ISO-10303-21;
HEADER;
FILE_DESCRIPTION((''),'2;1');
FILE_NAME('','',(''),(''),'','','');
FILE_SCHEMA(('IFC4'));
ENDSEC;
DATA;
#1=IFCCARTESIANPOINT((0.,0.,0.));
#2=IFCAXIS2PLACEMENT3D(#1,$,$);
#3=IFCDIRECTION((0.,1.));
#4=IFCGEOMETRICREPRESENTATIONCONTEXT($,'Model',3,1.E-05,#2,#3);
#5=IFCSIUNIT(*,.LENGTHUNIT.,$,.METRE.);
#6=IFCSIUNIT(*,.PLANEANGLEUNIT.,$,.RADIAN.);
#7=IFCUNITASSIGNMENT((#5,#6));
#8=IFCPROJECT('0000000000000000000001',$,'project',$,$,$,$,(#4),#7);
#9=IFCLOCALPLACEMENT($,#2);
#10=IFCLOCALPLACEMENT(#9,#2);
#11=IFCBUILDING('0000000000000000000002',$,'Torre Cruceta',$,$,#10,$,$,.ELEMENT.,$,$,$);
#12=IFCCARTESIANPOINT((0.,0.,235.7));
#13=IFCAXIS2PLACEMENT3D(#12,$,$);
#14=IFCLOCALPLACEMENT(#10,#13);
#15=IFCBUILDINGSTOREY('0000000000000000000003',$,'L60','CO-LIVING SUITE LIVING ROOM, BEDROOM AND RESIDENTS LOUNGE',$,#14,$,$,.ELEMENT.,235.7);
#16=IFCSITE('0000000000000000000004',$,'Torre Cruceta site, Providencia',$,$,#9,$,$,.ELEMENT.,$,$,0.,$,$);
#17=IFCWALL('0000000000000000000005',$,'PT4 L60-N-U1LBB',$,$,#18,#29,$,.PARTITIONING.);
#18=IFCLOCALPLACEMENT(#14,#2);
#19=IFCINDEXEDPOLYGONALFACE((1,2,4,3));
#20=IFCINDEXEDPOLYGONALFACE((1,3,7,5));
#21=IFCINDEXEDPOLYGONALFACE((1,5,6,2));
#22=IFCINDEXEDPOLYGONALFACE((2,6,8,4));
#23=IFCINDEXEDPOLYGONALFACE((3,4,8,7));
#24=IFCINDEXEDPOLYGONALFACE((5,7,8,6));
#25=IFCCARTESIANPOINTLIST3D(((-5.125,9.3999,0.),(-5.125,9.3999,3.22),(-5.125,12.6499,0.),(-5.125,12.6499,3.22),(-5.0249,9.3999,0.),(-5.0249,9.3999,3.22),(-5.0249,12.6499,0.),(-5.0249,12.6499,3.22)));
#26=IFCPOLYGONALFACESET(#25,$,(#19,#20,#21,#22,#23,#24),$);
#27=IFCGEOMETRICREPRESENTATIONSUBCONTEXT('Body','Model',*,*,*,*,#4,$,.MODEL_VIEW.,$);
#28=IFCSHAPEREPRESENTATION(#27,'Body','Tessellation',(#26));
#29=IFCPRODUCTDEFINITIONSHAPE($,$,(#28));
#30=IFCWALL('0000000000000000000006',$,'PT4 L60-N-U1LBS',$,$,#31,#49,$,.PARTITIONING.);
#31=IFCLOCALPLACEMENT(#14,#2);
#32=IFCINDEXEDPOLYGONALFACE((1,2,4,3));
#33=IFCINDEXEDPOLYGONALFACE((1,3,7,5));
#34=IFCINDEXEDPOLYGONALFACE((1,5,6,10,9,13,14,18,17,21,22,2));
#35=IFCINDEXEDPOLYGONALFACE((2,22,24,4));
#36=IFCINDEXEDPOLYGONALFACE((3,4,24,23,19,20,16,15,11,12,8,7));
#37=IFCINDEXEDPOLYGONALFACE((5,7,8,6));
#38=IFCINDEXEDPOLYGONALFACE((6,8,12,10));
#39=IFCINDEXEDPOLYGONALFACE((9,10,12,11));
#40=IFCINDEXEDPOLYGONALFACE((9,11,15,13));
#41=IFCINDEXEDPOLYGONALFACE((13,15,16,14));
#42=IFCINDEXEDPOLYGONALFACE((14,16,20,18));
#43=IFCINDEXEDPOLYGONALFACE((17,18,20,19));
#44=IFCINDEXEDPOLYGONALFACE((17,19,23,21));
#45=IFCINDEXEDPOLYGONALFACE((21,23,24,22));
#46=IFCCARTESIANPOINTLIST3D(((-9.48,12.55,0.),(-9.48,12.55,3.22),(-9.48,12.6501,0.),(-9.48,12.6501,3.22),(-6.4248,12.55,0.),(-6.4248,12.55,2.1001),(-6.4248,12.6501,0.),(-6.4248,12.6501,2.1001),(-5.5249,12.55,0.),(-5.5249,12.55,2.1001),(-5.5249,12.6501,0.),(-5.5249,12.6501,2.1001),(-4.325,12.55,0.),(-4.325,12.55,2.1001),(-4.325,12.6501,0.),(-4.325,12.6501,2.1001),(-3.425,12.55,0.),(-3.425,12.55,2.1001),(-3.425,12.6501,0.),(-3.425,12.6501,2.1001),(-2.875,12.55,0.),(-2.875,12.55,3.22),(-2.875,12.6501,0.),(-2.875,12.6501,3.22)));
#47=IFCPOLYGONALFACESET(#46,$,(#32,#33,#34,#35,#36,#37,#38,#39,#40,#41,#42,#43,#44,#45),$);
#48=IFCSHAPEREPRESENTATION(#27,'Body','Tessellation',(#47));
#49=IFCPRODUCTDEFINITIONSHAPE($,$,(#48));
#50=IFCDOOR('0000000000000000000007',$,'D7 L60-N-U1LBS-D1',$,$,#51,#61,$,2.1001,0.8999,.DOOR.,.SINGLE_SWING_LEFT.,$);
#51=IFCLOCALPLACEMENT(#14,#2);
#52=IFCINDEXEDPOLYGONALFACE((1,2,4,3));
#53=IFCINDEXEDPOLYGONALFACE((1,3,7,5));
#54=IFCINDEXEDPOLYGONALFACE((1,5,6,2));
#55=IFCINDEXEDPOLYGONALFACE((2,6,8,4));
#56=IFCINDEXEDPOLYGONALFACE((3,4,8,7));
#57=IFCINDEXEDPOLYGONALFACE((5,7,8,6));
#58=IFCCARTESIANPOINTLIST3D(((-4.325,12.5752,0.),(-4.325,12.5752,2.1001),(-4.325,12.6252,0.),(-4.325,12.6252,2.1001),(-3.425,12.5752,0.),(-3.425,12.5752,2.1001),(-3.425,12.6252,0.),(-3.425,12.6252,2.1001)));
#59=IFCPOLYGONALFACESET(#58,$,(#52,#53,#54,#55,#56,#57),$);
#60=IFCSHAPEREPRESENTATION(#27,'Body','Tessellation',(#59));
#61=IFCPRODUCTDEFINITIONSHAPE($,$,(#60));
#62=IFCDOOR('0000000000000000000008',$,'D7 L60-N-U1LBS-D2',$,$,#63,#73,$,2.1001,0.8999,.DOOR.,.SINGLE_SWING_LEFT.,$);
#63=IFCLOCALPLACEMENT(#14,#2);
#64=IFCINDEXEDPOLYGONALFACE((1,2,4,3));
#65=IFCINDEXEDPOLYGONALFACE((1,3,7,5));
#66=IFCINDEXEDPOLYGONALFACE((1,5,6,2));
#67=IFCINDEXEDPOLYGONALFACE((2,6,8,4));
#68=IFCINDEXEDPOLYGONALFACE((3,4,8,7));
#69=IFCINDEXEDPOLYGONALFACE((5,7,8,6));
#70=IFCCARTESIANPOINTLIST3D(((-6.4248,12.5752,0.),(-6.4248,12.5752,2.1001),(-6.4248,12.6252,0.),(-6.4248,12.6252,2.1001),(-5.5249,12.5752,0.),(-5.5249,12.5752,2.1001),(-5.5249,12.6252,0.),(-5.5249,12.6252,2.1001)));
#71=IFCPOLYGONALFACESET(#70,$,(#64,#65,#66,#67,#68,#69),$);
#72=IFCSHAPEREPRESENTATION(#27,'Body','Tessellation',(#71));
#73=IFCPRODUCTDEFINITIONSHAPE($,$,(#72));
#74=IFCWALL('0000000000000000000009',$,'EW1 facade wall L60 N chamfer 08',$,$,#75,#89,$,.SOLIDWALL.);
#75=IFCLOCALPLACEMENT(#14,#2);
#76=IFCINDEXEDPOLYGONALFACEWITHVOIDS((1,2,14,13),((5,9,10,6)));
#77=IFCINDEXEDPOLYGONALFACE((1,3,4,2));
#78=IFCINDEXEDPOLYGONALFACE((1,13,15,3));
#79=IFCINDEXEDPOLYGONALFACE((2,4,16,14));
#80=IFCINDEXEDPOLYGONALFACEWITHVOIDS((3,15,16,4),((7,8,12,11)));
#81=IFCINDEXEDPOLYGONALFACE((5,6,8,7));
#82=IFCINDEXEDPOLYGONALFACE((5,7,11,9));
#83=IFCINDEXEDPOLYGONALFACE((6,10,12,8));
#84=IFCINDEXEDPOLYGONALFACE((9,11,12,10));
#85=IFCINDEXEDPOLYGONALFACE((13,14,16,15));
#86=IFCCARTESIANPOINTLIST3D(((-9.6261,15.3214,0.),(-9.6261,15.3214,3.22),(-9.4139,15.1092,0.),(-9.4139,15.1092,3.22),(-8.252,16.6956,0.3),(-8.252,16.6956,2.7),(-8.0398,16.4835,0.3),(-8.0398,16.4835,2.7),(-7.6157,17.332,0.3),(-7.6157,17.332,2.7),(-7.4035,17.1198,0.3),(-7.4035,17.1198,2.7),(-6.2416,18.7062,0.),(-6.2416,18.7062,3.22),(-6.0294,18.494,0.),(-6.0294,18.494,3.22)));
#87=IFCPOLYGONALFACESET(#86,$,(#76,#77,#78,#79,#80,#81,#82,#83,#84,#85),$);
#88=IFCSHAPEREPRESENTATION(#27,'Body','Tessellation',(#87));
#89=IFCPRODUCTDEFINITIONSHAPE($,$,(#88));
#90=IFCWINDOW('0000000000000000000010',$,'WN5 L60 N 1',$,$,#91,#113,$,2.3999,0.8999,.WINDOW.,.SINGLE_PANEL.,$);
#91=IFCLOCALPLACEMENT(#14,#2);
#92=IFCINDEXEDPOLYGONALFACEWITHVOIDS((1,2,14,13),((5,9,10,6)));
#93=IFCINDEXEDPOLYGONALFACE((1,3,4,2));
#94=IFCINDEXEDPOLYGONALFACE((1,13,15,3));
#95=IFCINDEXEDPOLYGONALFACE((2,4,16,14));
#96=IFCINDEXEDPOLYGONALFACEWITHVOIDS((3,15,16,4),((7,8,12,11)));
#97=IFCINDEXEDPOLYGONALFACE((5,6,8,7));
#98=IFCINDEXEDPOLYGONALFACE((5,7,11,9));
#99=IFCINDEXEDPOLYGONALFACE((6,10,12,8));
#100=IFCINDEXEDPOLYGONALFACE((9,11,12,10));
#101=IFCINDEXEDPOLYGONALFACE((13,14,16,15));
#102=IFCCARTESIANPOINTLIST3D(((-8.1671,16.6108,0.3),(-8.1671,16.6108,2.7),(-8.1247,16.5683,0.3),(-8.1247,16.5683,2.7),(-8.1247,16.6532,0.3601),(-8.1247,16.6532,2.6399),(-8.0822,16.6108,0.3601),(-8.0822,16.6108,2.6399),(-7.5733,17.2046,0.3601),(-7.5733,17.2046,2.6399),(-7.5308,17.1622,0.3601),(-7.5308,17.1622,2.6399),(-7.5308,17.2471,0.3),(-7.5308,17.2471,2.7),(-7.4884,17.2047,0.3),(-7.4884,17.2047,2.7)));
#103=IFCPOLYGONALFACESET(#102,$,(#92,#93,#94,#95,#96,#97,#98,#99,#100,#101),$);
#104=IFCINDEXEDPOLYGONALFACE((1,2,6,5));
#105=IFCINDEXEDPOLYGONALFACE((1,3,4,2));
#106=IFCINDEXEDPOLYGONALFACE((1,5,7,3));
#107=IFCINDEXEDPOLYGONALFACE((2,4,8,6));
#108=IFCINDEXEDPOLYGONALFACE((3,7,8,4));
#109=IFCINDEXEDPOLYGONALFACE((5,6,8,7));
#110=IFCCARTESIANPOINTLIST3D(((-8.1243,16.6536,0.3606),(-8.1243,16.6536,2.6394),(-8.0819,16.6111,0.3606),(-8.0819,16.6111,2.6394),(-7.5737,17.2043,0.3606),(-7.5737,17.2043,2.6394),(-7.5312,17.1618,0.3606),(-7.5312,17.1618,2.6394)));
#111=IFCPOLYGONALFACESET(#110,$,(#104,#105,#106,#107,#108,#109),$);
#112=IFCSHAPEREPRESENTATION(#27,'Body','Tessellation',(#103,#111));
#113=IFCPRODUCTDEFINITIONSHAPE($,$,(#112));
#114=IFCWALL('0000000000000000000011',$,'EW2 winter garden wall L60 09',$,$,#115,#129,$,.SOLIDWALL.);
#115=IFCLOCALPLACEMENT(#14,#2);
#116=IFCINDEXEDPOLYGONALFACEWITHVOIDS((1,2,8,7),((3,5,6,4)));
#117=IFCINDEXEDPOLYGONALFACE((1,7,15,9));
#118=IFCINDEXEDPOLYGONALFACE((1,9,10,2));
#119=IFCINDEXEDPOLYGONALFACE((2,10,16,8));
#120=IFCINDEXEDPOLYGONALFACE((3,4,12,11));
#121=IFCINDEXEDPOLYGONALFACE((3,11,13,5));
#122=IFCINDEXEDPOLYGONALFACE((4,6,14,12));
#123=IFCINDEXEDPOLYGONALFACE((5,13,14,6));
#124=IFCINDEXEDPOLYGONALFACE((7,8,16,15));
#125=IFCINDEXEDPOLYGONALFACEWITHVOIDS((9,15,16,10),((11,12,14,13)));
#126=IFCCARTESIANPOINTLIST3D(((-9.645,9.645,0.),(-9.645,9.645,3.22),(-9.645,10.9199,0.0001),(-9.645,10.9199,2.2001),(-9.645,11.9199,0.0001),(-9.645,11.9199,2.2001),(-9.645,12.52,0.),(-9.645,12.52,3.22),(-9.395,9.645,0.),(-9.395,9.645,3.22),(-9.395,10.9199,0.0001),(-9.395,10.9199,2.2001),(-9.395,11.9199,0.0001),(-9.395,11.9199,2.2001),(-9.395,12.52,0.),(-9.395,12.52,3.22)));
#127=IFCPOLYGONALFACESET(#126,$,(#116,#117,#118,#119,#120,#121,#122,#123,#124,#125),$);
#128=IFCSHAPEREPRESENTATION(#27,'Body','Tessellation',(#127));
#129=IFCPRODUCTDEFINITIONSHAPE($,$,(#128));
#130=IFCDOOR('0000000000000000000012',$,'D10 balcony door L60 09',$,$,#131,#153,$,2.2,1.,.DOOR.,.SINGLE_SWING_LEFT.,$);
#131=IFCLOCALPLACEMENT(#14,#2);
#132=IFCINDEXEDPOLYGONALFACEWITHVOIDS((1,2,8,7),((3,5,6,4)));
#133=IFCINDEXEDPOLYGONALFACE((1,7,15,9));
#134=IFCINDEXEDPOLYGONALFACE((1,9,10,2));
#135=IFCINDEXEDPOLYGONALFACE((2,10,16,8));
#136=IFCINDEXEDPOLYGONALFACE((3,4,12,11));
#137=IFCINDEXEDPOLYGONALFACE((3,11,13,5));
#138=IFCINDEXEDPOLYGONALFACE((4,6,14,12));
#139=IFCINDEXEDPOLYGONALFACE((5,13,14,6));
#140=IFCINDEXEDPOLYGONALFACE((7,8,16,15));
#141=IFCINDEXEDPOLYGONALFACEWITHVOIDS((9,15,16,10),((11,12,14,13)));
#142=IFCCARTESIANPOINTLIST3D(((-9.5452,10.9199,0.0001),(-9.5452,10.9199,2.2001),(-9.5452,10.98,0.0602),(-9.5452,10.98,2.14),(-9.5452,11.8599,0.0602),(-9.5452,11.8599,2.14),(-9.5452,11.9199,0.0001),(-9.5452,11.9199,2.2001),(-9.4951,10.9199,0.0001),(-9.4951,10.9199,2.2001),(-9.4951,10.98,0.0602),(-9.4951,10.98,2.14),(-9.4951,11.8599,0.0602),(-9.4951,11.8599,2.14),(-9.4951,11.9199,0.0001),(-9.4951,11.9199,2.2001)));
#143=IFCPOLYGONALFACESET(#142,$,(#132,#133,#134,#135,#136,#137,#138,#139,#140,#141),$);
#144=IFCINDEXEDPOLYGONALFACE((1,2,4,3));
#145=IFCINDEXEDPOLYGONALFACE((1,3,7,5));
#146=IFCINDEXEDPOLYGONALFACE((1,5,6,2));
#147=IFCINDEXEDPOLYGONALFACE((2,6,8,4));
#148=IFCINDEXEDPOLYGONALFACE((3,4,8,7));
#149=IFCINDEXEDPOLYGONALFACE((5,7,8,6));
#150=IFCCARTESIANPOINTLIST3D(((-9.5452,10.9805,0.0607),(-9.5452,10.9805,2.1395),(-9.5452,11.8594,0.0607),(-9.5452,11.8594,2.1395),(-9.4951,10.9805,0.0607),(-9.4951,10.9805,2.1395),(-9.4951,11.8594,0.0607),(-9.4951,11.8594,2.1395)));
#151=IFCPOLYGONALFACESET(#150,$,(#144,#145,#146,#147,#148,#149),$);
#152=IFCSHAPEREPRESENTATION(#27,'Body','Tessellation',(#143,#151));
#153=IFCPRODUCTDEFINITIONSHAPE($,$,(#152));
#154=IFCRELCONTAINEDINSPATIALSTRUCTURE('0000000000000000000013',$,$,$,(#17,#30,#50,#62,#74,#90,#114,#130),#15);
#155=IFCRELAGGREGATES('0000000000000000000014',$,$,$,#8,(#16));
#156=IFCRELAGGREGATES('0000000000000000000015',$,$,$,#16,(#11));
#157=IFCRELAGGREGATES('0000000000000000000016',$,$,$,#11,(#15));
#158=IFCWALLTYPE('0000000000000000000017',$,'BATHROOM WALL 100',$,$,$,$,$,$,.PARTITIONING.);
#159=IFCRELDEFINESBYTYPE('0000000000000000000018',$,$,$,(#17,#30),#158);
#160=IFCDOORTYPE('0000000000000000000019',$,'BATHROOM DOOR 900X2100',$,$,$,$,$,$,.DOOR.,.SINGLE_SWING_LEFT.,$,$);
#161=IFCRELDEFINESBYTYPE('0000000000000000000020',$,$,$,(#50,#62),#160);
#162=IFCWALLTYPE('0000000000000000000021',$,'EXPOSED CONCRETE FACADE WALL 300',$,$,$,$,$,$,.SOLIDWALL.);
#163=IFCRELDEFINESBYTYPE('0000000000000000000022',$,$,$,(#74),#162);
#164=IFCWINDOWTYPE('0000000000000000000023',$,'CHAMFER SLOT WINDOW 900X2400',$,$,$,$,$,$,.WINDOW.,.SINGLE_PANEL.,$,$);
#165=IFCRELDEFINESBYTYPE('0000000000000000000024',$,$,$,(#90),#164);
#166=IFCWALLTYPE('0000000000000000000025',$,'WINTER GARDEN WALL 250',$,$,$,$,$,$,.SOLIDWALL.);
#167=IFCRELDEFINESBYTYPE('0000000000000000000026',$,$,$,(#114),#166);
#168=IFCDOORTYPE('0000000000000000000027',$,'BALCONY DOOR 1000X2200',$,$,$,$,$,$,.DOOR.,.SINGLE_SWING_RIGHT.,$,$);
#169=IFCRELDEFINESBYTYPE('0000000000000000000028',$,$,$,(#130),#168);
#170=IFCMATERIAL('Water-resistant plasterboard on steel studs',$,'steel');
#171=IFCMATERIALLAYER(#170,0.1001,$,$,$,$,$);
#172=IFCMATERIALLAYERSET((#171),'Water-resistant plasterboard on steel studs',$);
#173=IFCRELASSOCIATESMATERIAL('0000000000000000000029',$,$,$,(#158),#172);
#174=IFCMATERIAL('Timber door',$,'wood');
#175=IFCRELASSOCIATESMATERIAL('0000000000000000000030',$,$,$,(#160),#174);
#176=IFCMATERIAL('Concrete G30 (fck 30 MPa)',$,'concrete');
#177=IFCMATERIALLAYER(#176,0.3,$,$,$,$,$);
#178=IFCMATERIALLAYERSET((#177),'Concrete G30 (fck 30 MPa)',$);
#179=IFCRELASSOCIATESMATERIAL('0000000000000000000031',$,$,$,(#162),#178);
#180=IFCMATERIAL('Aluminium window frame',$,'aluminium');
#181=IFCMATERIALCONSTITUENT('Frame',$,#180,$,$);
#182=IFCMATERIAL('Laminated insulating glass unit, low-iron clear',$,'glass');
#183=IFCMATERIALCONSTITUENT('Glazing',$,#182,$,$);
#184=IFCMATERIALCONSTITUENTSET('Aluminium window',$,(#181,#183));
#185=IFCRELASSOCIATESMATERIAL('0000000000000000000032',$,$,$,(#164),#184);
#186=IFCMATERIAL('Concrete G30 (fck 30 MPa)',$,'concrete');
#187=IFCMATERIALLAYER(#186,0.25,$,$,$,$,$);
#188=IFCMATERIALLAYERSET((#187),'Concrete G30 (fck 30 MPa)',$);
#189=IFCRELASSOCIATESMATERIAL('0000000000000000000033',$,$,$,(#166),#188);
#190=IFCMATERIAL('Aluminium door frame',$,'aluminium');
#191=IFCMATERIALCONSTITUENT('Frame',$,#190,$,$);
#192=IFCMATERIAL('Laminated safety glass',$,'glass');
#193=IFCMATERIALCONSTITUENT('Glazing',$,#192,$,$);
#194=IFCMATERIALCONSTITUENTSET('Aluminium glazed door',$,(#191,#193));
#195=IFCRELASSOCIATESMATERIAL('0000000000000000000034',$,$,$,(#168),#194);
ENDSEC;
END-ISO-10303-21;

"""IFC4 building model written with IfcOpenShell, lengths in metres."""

from ifc_helpers import new_model, si_unit, direction, frame, frame_2d, origin, place, context, subcontext, project, spatial, rectangle, hollow_rectangle, extrude, material, layer, layer_set, constituent, constituent_set, type_object, element, fill, save


model = new_model("IFC4")

# Units and contexts
model_context = context("Model", 3, precision=1e-05, world=origin(), true_north=direction((0.0, 1.0)))
body_context = subcontext(model_context, "Body", "Model", "MODEL_VIEW")
ifc_project = project(units=[si_unit("LENGTHUNIT", "METRE"), si_unit("PLANEANGLEUNIT", "RADIAN")], contexts=[model_context])

# Site, building, storey
site_placement = place(None, origin())
site = spatial("IfcSite", under=ifc_project, at=site_placement, Name="Torre Cruceta site, Providencia", CompositionType="ELEMENT", RefElevation=0.0)
building_placement = place(site_placement, origin())
building = spatial("IfcBuilding", under=site, at=building_placement, Name="Torre Cruceta", CompositionType="ELEMENT")
storey_placement = place(building_placement, frame((0.0, 0.0, 235.7)))
storey = spatial("IfcBuildingStorey", under=building, at=storey_placement, Name="L60", Description="CO-LIVING SUITE LIVING ROOM, BEDROOM AND RESIDENTS LOUNGE", CompositionType="ELEMENT", Elevation=235.7)

# Wall
ifc_material_1 = material(Name="Water-resistant plasterboard on steel studs", Category="steel")
ifc_layer_1 = layer(ifc_material_1, 0.1001)
ifc_layer_set_1 = layer_set([ifc_layer_1], Name="Water-resistant plasterboard on steel studs")
wall_type_1 = type_object("IfcWallType", Name="BATHROOM WALL 100", PredefinedType="PARTITIONING", material=ifc_layer_set_1)
wall_1_placement = place(storey_placement, frame((-5.075, 9.3999, 0.0), z_axis=(0.0, 0.0, 1.0), x_axis=(0.0, 1.0, 0.0)))
element("IfcWall", 1, at=wall_1_placement, inside=storey, type_object=wall_type_1, Name="PT4 L60-N-U1LBB", PredefinedType="PARTITIONING", context=body_context, shape_type="SweptSolid", body=[
    extrude(rectangle(XDim=3.25, YDim=0.1001, at=frame_2d((1.625, 0.0))), origin(), (0.0, 0.0, 1.0), 3.22),
])

# Wall, openings, doors
wall_2_placement = place(storey_placement, frame((-2.875, 12.6001, 0.0), z_axis=(0.0, 0.0, 1.0), x_axis=(-1.0, 0.0, 0.0)))
wall_2 = element("IfcWall", 2, at=wall_2_placement, inside=storey, type_object=wall_type_1, Name="PT4 L60-N-U1LBS", PredefinedType="PARTITIONING", context=body_context, shape_type="SweptSolid", body=[
    extrude(rectangle(XDim=6.605, YDim=0.1001, at=frame_2d((3.3025, 0.0))), origin(), (0.0, 0.0, 1.0), 3.22),
])
opening_1_placement = place(wall_2_placement, frame((0.55, 0.0, 0.0)))
opening_1 = element("IfcOpeningElement", 3, at=opening_1_placement, cuts=wall_2, PredefinedType="OPENING", context=body_context, shape_type="SweptSolid", body=[
    extrude(rectangle(XDim=0.8999, YDim=2.1001, at=frame_2d((0.45, 1.05))), frame((0.0, 0.0601, 0.0), z_axis=(0.0, -1.0, 0.0), x_axis=(1.0, 0.0, 0.0)), (0.0, 0.0, 1.0), 0.1201),
])
opening_2_placement = place(wall_2_placement, frame((2.6499, 0.0, 0.0)))
opening_2 = element("IfcOpeningElement", 4, at=opening_2_placement, cuts=wall_2, PredefinedType="OPENING", context=body_context, shape_type="SweptSolid", body=[
    extrude(rectangle(XDim=0.8999, YDim=2.1001, at=frame_2d((0.45, 1.05))), frame((0.0, 0.0601, 0.0), z_axis=(0.0, -1.0, 0.0), x_axis=(1.0, 0.0, 0.0)), (0.0, 0.0, 1.0), 0.1201),
])
ifc_material_2 = material(Name="Timber door", Category="wood")
door_type_1 = type_object("IfcDoorType", Name="BATHROOM DOOR 900X2100", OperationType="SINGLE_SWING_LEFT", PredefinedType="DOOR", material=ifc_material_2)
door_1_placement = place(opening_1_placement, origin())
door_1 = element("IfcDoor", 5, at=door_1_placement, inside=storey, type_object=door_type_1, Name="D7 L60-N-U1LBS-D1", OperationType="SINGLE_SWING_LEFT", OverallHeight=2.1001, OverallWidth=0.8999, PredefinedType="DOOR", context=body_context, shape_type="SweptSolid", body=[
    extrude(rectangle(XDim=0.8999, YDim=2.1001, at=frame_2d((0.45, 1.05))), frame((0.0, 0.0249, 0.0), z_axis=(0.0, -1.0, 0.0), x_axis=(1.0, 0.0, 0.0)), (0.0, 0.0, 1.0), 0.05),
])
fill(opening_1, door_1)
door_2_placement = place(opening_2_placement, origin())
door_2 = element("IfcDoor", 6, at=door_2_placement, inside=storey, type_object=door_type_1, Name="D7 L60-N-U1LBS-D2", OperationType="SINGLE_SWING_LEFT", OverallHeight=2.1001, OverallWidth=0.8999, PredefinedType="DOOR", context=body_context, shape_type="SweptSolid", body=[
    extrude(rectangle(XDim=0.8999, YDim=2.1001, at=frame_2d((0.45, 1.05))), frame((0.0, 0.0249, 0.0), z_axis=(0.0, -1.0, 0.0), x_axis=(1.0, 0.0, 0.0)), (0.0, 0.0, 1.0), 0.05),
])
fill(opening_2, door_2)

# Wall, opening, window
ifc_material_3 = material(Name="Concrete G30 (fck 30 MPa)", Category="concrete")
ifc_layer_2 = layer(ifc_material_3, 0.3)
ifc_layer_set_2 = layer_set([ifc_layer_2], Name="Concrete G30 (fck 30 MPa)")
wall_type_2 = type_object("IfcWallType", Name="EXPOSED CONCRETE FACADE WALL 300", PredefinedType="SOLIDWALL", material=ifc_layer_set_2)
wall_3_placement = place(storey_placement, frame((-6.1355, 18.6001, 0.0), z_axis=(0.0, 0.0, 1.0), x_axis=(-0.707081, -0.707132, 0.0)))
wall_3 = element("IfcWall", 7, at=wall_3_placement, inside=storey, type_object=wall_type_2, Name="EW1 facade wall L60 N chamfer 08", PredefinedType="SOLIDWALL", context=body_context, shape_type="SweptSolid", body=[
    extrude(rectangle(XDim=4.7866, YDim=0.3, at=frame_2d((2.3933, 0.0))), origin(), (0.0, 0.0, 1.0), 3.22),
])
opening_3_placement = place(wall_3_placement, frame((1.9434, 0.0, 0.3)))
opening_3 = element("IfcOpeningElement", 8, at=opening_3_placement, cuts=wall_3, PredefinedType="OPENING", context=body_context, shape_type="SweptSolid", body=[
    extrude(rectangle(XDim=0.8999, YDim=2.3999, at=frame_2d((0.45, 1.2))), frame((0.0, 0.1599, 0.0), z_axis=(0.0, -1.0, 0.0), x_axis=(1.0, 0.0, 0.0)), (0.0, 0.0, 1.0), 0.3201),
])
ifc_material_4 = material(Name="Aluminium window frame", Category="aluminium")
ifc_constituent_1 = constituent(ifc_material_4, Name="Frame")
ifc_material_5 = material(Name="Laminated insulating glass unit, low-iron clear", Category="glass")
ifc_constituent_2 = constituent(ifc_material_5, Name="Glazing")
ifc_constituent_set_1 = constituent_set(constituents=[ifc_constituent_1, ifc_constituent_2], Name="Aluminium window")
window_type = type_object("IfcWindowType", Name="CHAMFER SLOT WINDOW 900X2400", PartitioningType="SINGLE_PANEL", PredefinedType="WINDOW", material=ifc_constituent_set_1)
window_placement = place(opening_3_placement, origin())
window = element("IfcWindow", 9, at=window_placement, inside=storey, type_object=window_type, Name="WN5 L60 N 1", OverallHeight=2.3999, OverallWidth=0.8999, PartitioningType="SINGLE_PANEL", PredefinedType="WINDOW", context=body_context, shape_type="SweptSolid", body=[
    extrude(hollow_rectangle(XDim=0.8999, YDim=2.3999, WallThickness=0.0601, at=frame_2d((0.45, 1.2))), frame((0.0, 0.03, 0.0), z_axis=(0.0, -1.0, 0.0), x_axis=(1.0, 0.0, 0.0)), (0.0, 0.0, 1.0), 0.0601),
    extrude(rectangle(XDim=0.7788, YDim=2.2788, at=frame_2d((0.45, 1.2))), frame((0.0, 0.03, 0.0), z_axis=(0.0, -1.0, 0.0), x_axis=(1.0, 0.0, 0.0)), (0.0, 0.0, 1.0), 0.0601),
])
fill(opening_3, window)

# Wall, opening, door
ifc_material_6 = material(Name="Concrete G30 (fck 30 MPa)", Category="concrete")
ifc_layer_3 = layer(ifc_material_6, 0.25)
ifc_layer_set_3 = layer_set([ifc_layer_3], Name="Concrete G30 (fck 30 MPa)")
wall_type_3 = type_object("IfcWallType", Name="WINTER GARDEN WALL 250", PredefinedType="SOLIDWALL", material=ifc_layer_set_3)
wall_4_placement = place(storey_placement, frame((-9.52, 12.52, 0.0), z_axis=(0.0, 0.0, 1.0), x_axis=(0.0, -1.0, 0.0)))
wall_4 = element("IfcWall", 10, at=wall_4_placement, inside=storey, type_object=wall_type_3, Name="EW2 winter garden wall L60 09", PredefinedType="SOLIDWALL", context=body_context, shape_type="SweptSolid", body=[
    extrude(rectangle(XDim=2.875, YDim=0.25, at=frame_2d((1.4375, 0.0))), origin(), (0.0, 0.0, 1.0), 3.22),
])
opening_4_placement = place(wall_4_placement, frame((0.6001, 0.0, 0.0)))
opening_4 = element("IfcOpeningElement", 11, at=opening_4_placement, cuts=wall_4, PredefinedType="OPENING", context=body_context, shape_type="SweptSolid", body=[
    extrude(rectangle(XDim=1.0, YDim=2.2, at=frame_2d((0.5, 1.1001))), frame((0.0, 0.135, 0.0), z_axis=(0.0, -1.0, 0.0), x_axis=(1.0, 0.0, 0.0)), (0.0, 0.0, 1.0), 0.27),
])
ifc_material_7 = material(Name="Aluminium door frame", Category="aluminium")
ifc_constituent_3 = constituent(ifc_material_7, Name="Frame")
ifc_material_8 = material(Name="Laminated safety glass", Category="glass")
ifc_constituent_4 = constituent(ifc_material_8, Name="Glazing")
ifc_constituent_set_2 = constituent_set(constituents=[ifc_constituent_3, ifc_constituent_4], Name="Aluminium glazed door")
door_type_2 = type_object("IfcDoorType", Name="BALCONY DOOR 1000X2200", OperationType="SINGLE_SWING_RIGHT", PredefinedType="DOOR", material=ifc_constituent_set_2)
door_3_placement = place(opening_4_placement, origin())
door_3 = element("IfcDoor", 12, at=door_3_placement, inside=storey, type_object=door_type_2, Name="D10 balcony door L60 09", OperationType="SINGLE_SWING_LEFT", OverallHeight=2.2, OverallWidth=1.0, PredefinedType="DOOR", context=body_context, shape_type="SweptSolid", body=[
    extrude(hollow_rectangle(XDim=1.0, YDim=2.2, WallThickness=0.0601, at=frame_2d((0.5, 1.1001))), frame((0.0, 0.0249, 0.0), z_axis=(0.0, -1.0, 0.0), x_axis=(1.0, 0.0, 0.0)), (0.0, 0.0, 1.0), 0.05),
    extrude(rectangle(XDim=0.8789, YDim=2.0789, at=frame_2d((0.5, 1.1001))), frame((0.0, 0.0249, 0.0), z_axis=(0.0, -1.0, 0.0), x_axis=(1.0, 0.0, 0.0)), (0.0, 0.0, 1.0), 0.05),
])
fill(opening_4, door_3)

save(model, "model.ifc")
